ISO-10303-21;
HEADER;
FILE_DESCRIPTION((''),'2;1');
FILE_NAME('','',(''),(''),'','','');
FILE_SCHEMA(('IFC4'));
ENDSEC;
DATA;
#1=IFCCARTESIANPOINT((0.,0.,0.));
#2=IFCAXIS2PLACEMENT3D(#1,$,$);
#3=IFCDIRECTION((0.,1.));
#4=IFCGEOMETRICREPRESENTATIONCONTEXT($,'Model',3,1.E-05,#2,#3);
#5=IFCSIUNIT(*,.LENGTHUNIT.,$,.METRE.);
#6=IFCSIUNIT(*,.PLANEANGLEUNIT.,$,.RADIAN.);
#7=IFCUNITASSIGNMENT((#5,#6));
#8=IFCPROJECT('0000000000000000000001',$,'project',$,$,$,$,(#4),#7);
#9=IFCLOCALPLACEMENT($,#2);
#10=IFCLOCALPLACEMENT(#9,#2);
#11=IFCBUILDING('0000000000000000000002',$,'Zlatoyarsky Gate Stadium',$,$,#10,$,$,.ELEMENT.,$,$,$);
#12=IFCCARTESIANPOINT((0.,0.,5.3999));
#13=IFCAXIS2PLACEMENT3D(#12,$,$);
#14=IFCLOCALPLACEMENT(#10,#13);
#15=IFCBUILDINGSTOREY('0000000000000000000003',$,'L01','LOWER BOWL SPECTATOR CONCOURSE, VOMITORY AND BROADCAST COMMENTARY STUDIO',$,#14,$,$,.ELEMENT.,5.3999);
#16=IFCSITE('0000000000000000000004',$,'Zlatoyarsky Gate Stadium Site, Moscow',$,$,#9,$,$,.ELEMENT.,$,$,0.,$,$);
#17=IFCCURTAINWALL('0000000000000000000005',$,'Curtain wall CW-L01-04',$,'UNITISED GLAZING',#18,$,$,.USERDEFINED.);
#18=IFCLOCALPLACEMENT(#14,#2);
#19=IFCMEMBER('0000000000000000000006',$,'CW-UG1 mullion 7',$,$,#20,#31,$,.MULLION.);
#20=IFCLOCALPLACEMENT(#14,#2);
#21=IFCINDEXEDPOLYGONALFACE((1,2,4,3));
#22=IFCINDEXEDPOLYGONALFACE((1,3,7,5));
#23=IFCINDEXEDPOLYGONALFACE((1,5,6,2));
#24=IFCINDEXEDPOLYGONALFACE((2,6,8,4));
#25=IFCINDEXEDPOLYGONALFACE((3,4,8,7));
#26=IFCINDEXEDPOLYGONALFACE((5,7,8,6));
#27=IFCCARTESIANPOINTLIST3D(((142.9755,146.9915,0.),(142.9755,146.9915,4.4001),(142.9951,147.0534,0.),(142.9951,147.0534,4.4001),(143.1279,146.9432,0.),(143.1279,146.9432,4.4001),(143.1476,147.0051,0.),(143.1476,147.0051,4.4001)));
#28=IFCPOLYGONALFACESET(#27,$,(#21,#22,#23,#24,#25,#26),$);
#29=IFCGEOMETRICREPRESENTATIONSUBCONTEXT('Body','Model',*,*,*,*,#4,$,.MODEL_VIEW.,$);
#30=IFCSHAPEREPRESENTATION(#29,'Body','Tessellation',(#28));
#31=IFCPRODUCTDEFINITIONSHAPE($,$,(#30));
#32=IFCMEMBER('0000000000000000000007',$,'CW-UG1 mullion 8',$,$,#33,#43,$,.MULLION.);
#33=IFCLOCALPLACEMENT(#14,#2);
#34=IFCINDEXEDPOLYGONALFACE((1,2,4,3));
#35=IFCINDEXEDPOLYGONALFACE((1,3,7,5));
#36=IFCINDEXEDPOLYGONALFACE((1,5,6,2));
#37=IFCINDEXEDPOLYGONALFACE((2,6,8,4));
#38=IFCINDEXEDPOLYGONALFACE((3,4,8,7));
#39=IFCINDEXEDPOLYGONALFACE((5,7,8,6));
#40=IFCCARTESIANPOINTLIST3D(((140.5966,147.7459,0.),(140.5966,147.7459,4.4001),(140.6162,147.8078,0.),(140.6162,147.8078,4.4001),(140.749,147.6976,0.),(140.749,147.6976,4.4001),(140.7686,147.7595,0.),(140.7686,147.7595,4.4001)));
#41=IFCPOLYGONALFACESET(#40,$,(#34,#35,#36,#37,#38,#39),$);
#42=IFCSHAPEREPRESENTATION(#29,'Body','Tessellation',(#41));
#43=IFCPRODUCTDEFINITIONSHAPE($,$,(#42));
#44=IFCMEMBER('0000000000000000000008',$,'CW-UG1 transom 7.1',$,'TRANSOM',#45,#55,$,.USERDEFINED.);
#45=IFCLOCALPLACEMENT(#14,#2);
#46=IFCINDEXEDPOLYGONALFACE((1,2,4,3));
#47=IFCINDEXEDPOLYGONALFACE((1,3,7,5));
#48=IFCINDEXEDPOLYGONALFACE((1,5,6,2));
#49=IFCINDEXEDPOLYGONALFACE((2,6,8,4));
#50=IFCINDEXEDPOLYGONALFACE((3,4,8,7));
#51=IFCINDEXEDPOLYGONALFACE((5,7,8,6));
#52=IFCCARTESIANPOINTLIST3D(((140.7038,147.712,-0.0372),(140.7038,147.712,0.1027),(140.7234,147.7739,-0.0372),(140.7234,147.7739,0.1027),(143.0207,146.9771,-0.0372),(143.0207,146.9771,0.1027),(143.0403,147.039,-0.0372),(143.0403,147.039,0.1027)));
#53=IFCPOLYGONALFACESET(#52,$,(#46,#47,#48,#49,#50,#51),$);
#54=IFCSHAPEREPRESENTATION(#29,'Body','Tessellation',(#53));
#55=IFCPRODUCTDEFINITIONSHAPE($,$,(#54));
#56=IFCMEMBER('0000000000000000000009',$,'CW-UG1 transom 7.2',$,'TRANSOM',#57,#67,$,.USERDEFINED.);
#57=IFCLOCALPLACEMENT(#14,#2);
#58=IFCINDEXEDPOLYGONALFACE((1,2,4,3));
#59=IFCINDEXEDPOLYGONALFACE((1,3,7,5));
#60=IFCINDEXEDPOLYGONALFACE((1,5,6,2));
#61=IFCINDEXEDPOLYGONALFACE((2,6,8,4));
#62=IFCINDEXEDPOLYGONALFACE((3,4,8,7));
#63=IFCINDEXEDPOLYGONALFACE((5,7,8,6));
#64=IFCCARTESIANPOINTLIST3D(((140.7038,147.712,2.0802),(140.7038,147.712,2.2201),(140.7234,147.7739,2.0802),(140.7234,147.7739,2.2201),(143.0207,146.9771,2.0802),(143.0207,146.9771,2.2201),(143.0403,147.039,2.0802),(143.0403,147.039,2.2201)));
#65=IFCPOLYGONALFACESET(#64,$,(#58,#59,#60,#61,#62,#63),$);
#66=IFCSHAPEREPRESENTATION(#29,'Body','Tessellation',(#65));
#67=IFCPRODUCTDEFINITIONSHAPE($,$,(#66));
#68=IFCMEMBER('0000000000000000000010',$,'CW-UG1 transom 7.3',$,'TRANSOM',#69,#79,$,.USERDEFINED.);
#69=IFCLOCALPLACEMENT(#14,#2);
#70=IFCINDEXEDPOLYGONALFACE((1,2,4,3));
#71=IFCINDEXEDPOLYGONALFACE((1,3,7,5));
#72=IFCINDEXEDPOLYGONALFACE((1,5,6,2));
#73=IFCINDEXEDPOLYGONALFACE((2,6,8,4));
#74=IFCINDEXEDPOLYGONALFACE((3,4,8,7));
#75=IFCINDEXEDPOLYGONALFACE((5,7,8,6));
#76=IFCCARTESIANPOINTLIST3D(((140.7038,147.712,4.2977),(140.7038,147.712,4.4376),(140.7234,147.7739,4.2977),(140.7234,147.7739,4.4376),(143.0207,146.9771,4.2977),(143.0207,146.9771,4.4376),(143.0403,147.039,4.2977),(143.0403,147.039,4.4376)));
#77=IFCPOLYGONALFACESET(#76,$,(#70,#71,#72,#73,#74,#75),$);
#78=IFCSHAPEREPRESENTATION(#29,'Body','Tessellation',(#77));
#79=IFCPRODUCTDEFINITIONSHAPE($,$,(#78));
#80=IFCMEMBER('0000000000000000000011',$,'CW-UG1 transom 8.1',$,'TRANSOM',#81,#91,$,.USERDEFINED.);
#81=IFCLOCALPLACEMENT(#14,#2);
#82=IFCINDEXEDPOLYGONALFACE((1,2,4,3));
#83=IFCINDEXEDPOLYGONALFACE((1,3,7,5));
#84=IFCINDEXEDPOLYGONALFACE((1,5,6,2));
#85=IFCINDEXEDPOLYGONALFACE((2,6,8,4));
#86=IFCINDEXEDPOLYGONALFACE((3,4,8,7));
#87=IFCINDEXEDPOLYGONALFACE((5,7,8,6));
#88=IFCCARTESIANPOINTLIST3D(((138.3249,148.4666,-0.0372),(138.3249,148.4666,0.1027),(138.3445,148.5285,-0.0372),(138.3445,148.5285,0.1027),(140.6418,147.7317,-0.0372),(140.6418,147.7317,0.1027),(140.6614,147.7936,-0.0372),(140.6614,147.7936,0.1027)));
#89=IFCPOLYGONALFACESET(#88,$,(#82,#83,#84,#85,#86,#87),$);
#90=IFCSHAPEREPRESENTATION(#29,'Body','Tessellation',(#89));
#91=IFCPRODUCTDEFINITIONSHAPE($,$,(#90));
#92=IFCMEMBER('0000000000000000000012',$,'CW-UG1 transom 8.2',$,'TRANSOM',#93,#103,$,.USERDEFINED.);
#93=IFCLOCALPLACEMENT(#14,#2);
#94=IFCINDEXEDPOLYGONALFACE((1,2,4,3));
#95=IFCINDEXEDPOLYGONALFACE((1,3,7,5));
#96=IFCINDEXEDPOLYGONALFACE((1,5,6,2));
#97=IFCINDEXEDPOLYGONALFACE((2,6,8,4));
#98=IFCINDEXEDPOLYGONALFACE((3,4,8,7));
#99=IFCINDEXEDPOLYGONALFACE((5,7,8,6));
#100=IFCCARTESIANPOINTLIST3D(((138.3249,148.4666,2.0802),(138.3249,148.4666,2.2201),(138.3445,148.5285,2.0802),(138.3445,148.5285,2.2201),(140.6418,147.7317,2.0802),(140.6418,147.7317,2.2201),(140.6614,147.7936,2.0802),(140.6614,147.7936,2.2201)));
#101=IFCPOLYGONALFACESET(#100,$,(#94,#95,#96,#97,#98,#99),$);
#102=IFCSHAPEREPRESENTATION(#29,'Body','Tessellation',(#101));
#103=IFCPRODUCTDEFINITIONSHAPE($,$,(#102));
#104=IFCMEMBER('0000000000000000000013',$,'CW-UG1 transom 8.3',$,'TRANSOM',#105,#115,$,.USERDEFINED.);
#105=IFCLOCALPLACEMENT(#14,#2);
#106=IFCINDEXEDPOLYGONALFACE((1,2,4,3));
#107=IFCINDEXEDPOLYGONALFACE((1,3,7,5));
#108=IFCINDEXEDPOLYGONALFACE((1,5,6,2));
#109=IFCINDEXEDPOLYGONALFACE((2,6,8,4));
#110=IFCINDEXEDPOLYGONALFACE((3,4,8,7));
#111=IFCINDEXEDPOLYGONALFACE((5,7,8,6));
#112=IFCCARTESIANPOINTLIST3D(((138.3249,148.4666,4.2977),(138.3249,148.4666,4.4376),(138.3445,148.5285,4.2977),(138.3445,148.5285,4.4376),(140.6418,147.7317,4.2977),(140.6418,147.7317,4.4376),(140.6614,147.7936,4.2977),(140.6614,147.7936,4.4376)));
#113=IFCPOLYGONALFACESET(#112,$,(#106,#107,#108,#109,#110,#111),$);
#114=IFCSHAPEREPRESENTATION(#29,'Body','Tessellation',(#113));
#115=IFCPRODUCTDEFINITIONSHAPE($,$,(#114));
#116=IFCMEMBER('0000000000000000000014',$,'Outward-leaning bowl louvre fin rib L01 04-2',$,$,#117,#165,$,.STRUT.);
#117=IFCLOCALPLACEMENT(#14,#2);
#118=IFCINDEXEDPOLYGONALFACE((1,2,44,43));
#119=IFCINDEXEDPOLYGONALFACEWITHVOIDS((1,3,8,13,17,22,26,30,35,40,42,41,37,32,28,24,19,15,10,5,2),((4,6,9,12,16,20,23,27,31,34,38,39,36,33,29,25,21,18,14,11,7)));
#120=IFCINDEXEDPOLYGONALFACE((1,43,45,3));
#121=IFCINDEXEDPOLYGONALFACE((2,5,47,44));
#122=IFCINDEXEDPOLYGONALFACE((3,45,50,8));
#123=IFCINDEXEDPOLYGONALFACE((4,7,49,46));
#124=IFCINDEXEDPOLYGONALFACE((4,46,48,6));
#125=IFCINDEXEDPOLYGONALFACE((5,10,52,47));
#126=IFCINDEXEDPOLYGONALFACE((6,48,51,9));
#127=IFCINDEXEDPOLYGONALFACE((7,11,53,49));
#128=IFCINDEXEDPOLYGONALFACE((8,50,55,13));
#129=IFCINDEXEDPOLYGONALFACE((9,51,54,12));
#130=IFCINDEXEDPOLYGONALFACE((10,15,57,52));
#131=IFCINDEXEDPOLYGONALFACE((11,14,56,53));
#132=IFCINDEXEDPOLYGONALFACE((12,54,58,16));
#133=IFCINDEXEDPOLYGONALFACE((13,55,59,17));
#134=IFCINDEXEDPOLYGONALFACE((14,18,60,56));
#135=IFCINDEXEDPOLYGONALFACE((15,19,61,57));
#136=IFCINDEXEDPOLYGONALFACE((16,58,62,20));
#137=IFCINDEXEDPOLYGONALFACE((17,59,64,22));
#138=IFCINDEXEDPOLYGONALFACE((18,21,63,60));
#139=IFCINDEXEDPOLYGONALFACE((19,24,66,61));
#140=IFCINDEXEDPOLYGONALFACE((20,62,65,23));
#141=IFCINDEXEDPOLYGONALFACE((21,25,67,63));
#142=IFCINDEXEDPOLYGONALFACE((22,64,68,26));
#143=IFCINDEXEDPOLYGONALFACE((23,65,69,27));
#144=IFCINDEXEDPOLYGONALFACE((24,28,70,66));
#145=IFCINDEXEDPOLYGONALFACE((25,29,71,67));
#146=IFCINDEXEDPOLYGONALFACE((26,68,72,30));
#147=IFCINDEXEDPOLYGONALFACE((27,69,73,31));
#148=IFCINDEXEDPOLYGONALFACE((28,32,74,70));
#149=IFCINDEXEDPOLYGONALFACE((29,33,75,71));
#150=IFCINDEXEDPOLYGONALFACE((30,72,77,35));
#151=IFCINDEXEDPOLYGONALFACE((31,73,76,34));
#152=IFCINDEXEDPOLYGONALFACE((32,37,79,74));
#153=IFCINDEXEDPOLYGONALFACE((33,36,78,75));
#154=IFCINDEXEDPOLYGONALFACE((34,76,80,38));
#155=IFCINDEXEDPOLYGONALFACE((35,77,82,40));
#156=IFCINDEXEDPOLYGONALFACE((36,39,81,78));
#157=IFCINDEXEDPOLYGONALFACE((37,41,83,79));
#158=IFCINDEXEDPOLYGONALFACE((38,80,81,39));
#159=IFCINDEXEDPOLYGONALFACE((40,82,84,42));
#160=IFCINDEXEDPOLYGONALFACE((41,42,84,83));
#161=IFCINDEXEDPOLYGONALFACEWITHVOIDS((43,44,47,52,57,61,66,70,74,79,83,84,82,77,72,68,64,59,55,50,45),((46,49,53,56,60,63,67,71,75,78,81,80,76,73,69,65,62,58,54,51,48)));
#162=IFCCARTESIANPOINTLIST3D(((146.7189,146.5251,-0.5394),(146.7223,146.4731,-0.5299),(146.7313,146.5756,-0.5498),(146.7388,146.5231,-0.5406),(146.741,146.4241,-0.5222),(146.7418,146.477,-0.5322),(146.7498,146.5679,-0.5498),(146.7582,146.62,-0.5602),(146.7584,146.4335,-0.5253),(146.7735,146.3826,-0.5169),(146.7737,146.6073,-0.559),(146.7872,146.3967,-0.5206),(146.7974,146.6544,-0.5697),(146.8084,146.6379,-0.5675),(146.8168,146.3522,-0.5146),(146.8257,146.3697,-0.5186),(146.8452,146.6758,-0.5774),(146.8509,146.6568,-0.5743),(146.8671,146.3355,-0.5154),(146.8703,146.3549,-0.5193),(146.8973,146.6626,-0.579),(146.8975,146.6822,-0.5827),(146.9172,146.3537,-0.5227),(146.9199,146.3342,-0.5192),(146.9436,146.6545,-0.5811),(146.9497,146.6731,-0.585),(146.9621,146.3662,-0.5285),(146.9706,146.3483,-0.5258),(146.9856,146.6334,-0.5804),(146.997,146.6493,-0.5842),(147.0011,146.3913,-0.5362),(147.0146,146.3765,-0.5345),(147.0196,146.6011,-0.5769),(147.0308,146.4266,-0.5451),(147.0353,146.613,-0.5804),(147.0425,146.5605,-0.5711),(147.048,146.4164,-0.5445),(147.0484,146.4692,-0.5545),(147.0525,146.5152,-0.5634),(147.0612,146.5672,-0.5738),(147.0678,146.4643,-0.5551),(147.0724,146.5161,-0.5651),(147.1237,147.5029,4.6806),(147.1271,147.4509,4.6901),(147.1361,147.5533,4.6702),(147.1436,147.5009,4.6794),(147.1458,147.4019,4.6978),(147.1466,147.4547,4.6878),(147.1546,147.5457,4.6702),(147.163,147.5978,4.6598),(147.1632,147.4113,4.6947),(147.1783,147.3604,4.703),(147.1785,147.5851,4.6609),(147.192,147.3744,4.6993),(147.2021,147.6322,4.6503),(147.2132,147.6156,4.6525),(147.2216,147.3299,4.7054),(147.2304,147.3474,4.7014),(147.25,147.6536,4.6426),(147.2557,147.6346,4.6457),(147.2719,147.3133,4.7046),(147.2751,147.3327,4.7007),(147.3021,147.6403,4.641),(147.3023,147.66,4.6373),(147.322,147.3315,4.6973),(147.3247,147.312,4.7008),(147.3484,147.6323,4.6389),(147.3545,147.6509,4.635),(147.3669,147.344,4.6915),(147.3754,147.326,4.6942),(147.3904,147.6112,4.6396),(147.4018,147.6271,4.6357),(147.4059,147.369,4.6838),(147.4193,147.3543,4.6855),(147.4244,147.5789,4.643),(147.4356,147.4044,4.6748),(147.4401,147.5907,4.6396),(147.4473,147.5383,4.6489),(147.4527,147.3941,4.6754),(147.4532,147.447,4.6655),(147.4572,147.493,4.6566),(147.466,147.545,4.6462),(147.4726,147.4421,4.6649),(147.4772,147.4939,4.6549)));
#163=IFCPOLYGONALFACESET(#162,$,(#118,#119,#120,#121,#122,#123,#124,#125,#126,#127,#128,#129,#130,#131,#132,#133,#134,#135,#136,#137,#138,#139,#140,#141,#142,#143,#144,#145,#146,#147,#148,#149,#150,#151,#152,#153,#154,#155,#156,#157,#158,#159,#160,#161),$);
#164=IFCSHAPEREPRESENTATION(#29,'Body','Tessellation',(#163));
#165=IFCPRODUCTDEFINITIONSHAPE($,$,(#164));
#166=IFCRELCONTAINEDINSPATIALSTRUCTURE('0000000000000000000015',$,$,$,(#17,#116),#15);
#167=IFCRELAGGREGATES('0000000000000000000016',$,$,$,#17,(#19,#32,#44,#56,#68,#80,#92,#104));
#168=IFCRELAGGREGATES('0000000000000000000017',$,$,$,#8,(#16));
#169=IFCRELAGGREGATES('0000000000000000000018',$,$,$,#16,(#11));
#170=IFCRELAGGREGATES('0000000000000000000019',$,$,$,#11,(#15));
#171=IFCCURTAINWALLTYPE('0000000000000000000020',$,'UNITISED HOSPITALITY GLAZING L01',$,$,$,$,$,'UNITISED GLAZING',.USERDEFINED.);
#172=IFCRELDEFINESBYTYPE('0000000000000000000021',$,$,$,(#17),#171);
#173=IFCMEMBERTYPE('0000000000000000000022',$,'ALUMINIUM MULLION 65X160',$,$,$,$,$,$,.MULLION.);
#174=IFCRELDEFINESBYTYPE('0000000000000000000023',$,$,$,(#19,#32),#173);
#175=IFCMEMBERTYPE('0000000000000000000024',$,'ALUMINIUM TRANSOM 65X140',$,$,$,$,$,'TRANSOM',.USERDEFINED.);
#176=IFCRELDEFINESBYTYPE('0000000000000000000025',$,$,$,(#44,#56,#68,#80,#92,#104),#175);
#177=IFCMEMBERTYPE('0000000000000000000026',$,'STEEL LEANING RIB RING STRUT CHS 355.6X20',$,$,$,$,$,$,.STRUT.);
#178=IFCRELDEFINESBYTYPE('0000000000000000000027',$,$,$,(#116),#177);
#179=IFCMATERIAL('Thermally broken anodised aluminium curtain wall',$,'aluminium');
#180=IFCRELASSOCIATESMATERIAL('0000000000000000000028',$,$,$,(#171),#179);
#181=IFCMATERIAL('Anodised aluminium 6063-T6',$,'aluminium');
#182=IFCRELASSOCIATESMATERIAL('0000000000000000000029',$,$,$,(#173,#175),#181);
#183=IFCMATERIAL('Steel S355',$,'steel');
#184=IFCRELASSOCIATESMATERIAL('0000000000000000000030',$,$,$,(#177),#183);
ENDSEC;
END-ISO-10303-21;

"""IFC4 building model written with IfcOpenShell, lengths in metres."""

from ifc_helpers import new_model, si_unit, direction, frame, origin, origin_2d, place, context, subcontext, project, spatial, rectangle, hollow_circle, extrude, material, material_profile, profile_set, type_object, element, aggregate, save


model = new_model("IFC4")

# Units and contexts
model_context = context("Model", 3, precision=1e-05, world=origin(), true_north=direction((0.0, 1.0)))
body_context = subcontext(model_context, "Body", "Model", "MODEL_VIEW")
ifc_project = project(units=[si_unit("LENGTHUNIT", "METRE"), si_unit("PLANEANGLEUNIT", "RADIAN")], contexts=[model_context])

# Site, building, storey
site_placement = place(None, origin())
site = spatial("IfcSite", under=ifc_project, at=site_placement, Name="Zlatoyarsky Gate Stadium Site, Moscow", CompositionType="ELEMENT", RefElevation=0.0)
building_placement = place(site_placement, origin())
building = spatial("IfcBuilding", under=site, at=building_placement, Name="Zlatoyarsky Gate Stadium", CompositionType="ELEMENT")
storey_placement = place(building_placement, frame((0.0, 0.0, 5.3999)))
storey = spatial("IfcBuildingStorey", under=building, at=storey_placement, Name="L01", Description="LOWER BOWL SPECTATOR CONCOURSE, VOMITORY AND BROADCAST COMMENTARY STUDIO", CompositionType="ELEMENT", Elevation=5.3999)

# Curtain wall, members
ifc_material_1 = material(Name="Thermally broken anodised aluminium curtain wall", Category="aluminium")
curtain_wall_type = type_object("IfcCurtainWallType", Name="UNITISED HOSPITALITY GLAZING L01", ElementType="UNITISED GLAZING", PredefinedType="USERDEFINED", material=ifc_material_1)
curtain_wall_placement = place(storey_placement, origin())
curtain_wall = element("IfcCurtainWall", 1, at=curtain_wall_placement, inside=storey, type_object=curtain_wall_type, Name="Curtain wall CW-L01-04", ObjectType="UNITISED GLAZING", PredefinedType="USERDEFINED")
ifc_material_2 = material(Name="Anodised aluminium 6063-T6", Category="aluminium")
ifc_material_profile_1 = material_profile(ifc_material_2, rectangle(XDim=0.0649, YDim=0.1599, at=origin_2d()), Name="ALU 65X160")
ifc_profile_set_1 = profile_set([ifc_material_profile_1], Name="Anodised aluminium 6063-T6")
member_type_1 = type_object("IfcMemberType", Name="ALUMINIUM MULLION 65X160", PredefinedType="MULLION", material=ifc_profile_set_1)
member_1_placement = place(storey_placement, frame((143.0615, 146.9983, 0.0), z_axis=(0.0, 0.0, 1.0), x_axis=(-0.302334, -0.953202, 0.0)))
member_1 = element("IfcMember", 2, at=member_1_placement, type_object=member_type_1, Name="CW-UG1 mullion 7", PredefinedType="MULLION", context=body_context, shape_type="SweptSolid", body=[
    extrude(rectangle(XDim=0.0649, YDim=0.1599, at=origin_2d()), origin(), (0.0, 0.0, 1.0), 4.4001),
])
member_2_placement = place(storey_placement, frame((140.6826, 147.7527, 0.0), z_axis=(0.0, 0.0, 1.0), x_axis=(-0.302334, -0.953202, 0.0)))
member_2 = element("IfcMember", 3, at=member_2_placement, type_object=member_type_1, Name="CW-UG1 mullion 8", PredefinedType="MULLION", context=body_context, shape_type="SweptSolid", body=[
    extrude(rectangle(XDim=0.0649, YDim=0.1599, at=origin_2d()), origin(), (0.0, 0.0, 1.0), 4.4001),
])
ifc_material_profile_2 = material_profile(ifc_material_2, rectangle(XDim=0.0649, YDim=0.1399, at=origin_2d()), Name="ALU 65X140")
ifc_profile_set_2 = profile_set([ifc_material_profile_2], Name="Anodised aluminium 6063-T6")
member_type_2 = type_object("IfcMemberType", Name="ALUMINIUM TRANSOM 65X140", ElementType="TRANSOM", PredefinedType="USERDEFINED", material=ifc_profile_set_2)
member_3_placement = place(storey_placement, frame((143.0305, 147.0081, 0.0327), z_axis=(-0.953202, 0.302333, 0.0), x_axis=(-0.302333, -0.953202, 0.0)))
member_3 = element("IfcMember", 4, at=member_3_placement, type_object=member_type_2, Name="CW-UG1 transom 7.1", ObjectType="TRANSOM", PredefinedType="USERDEFINED", context=body_context, shape_type="SweptSolid", body=[
    extrude(rectangle(XDim=0.0649, YDim=0.1399, at=origin_2d()), origin(), (0.0, 0.0, 1.0), 2.4307),
])
member_4_placement = place(storey_placement, frame((143.0305, 147.0081, 2.1501), z_axis=(-0.953202, 0.302333, 0.0), x_axis=(-0.302333, -0.953202, 0.0)))
member_4 = element("IfcMember", 5, at=member_4_placement, type_object=member_type_2, Name="CW-UG1 transom 7.2", ObjectType="TRANSOM", PredefinedType="USERDEFINED", context=body_context, shape_type="SweptSolid", body=[
    extrude(rectangle(XDim=0.0649, YDim=0.1399, at=origin_2d()), origin(), (0.0, 0.0, 1.0), 2.4307),
])
member_5_placement = place(storey_placement, frame((143.0305, 147.0081, 4.3677), z_axis=(-0.953202, 0.302333, 0.0), x_axis=(-0.302333, -0.953202, 0.0)))
member_5 = element("IfcMember", 6, at=member_5_placement, type_object=member_type_2, Name="CW-UG1 transom 7.3", ObjectType="TRANSOM", PredefinedType="USERDEFINED", context=body_context, shape_type="SweptSolid", body=[
    extrude(rectangle(XDim=0.0649, YDim=0.1399, at=origin_2d()), origin(), (0.0, 0.0, 1.0), 2.4307),
])
member_6_placement = place(storey_placement, frame((140.6516, 147.7627, 0.0327), z_axis=(-0.953202, 0.302333, 0.0), x_axis=(-0.302333, -0.953202, 0.0)))
member_6 = element("IfcMember", 7, at=member_6_placement, type_object=member_type_2, Name="CW-UG1 transom 8.1", ObjectType="TRANSOM", PredefinedType="USERDEFINED", context=body_context, shape_type="SweptSolid", body=[
    extrude(rectangle(XDim=0.0649, YDim=0.1399, at=origin_2d()), origin(), (0.0, 0.0, 1.0), 2.4307),
])
member_7_placement = place(storey_placement, frame((140.6516, 147.7627, 2.1501), z_axis=(-0.953202, 0.302333, 0.0), x_axis=(-0.302333, -0.953202, 0.0)))
member_7 = element("IfcMember", 8, at=member_7_placement, type_object=member_type_2, Name="CW-UG1 transom 8.2", ObjectType="TRANSOM", PredefinedType="USERDEFINED", context=body_context, shape_type="SweptSolid", body=[
    extrude(rectangle(XDim=0.0649, YDim=0.1399, at=origin_2d()), origin(), (0.0, 0.0, 1.0), 2.4307),
])
member_8_placement = place(storey_placement, frame((140.6516, 147.7627, 4.3677), z_axis=(-0.953202, 0.302333, 0.0), x_axis=(-0.302333, -0.953202, 0.0)))
member_8 = element("IfcMember", 9, at=member_8_placement, type_object=member_type_2, Name="CW-UG1 transom 8.3", ObjectType="TRANSOM", PredefinedType="USERDEFINED", context=body_context, shape_type="SweptSolid", body=[
    extrude(rectangle(XDim=0.0649, YDim=0.1399, at=origin_2d()), origin(), (0.0, 0.0, 1.0), 2.4307),
])

# Member
ifc_material_3 = material(Name="Steel S355", Category="steel")
ifc_material_profile_3 = material_profile(ifc_material_3, hollow_circle(Radius=0.1777, WallThickness=0.02, at=origin_2d()), Name="CHS 355.6X20")
ifc_profile_set_3 = profile_set([ifc_material_profile_3], Name="Steel S355")
member_type_3 = type_object("IfcMemberType", Name="STEEL LEANING RIB RING STRUT CHS 355.6X20", PredefinedType="STRUT", material=ifc_profile_set_3)
member_9_placement = place(storey_placement, frame((146.8955, 146.5076, -0.5498), z_axis=(0.075999, 0.183581, 0.980062), x_axis=(-0.923955, 0.382501, 0.0)))
element("IfcMember", 10, at=member_9_placement, inside=storey, type_object=member_type_3, Name="Outward-leaning bowl louvre fin rib L01 04-2", PredefinedType="STRUT", context=body_context, shape_type="SweptSolid", body=[
    extrude(hollow_circle(Radius=0.1777, WallThickness=0.02, at=origin_2d()), origin(), (0.0, 0.0, 1.0), 5.3262),
])

aggregate(curtain_wall, [member_1, member_2, member_3, member_4, member_5, member_6, member_7, member_8])

save(model, "model.ifc")
